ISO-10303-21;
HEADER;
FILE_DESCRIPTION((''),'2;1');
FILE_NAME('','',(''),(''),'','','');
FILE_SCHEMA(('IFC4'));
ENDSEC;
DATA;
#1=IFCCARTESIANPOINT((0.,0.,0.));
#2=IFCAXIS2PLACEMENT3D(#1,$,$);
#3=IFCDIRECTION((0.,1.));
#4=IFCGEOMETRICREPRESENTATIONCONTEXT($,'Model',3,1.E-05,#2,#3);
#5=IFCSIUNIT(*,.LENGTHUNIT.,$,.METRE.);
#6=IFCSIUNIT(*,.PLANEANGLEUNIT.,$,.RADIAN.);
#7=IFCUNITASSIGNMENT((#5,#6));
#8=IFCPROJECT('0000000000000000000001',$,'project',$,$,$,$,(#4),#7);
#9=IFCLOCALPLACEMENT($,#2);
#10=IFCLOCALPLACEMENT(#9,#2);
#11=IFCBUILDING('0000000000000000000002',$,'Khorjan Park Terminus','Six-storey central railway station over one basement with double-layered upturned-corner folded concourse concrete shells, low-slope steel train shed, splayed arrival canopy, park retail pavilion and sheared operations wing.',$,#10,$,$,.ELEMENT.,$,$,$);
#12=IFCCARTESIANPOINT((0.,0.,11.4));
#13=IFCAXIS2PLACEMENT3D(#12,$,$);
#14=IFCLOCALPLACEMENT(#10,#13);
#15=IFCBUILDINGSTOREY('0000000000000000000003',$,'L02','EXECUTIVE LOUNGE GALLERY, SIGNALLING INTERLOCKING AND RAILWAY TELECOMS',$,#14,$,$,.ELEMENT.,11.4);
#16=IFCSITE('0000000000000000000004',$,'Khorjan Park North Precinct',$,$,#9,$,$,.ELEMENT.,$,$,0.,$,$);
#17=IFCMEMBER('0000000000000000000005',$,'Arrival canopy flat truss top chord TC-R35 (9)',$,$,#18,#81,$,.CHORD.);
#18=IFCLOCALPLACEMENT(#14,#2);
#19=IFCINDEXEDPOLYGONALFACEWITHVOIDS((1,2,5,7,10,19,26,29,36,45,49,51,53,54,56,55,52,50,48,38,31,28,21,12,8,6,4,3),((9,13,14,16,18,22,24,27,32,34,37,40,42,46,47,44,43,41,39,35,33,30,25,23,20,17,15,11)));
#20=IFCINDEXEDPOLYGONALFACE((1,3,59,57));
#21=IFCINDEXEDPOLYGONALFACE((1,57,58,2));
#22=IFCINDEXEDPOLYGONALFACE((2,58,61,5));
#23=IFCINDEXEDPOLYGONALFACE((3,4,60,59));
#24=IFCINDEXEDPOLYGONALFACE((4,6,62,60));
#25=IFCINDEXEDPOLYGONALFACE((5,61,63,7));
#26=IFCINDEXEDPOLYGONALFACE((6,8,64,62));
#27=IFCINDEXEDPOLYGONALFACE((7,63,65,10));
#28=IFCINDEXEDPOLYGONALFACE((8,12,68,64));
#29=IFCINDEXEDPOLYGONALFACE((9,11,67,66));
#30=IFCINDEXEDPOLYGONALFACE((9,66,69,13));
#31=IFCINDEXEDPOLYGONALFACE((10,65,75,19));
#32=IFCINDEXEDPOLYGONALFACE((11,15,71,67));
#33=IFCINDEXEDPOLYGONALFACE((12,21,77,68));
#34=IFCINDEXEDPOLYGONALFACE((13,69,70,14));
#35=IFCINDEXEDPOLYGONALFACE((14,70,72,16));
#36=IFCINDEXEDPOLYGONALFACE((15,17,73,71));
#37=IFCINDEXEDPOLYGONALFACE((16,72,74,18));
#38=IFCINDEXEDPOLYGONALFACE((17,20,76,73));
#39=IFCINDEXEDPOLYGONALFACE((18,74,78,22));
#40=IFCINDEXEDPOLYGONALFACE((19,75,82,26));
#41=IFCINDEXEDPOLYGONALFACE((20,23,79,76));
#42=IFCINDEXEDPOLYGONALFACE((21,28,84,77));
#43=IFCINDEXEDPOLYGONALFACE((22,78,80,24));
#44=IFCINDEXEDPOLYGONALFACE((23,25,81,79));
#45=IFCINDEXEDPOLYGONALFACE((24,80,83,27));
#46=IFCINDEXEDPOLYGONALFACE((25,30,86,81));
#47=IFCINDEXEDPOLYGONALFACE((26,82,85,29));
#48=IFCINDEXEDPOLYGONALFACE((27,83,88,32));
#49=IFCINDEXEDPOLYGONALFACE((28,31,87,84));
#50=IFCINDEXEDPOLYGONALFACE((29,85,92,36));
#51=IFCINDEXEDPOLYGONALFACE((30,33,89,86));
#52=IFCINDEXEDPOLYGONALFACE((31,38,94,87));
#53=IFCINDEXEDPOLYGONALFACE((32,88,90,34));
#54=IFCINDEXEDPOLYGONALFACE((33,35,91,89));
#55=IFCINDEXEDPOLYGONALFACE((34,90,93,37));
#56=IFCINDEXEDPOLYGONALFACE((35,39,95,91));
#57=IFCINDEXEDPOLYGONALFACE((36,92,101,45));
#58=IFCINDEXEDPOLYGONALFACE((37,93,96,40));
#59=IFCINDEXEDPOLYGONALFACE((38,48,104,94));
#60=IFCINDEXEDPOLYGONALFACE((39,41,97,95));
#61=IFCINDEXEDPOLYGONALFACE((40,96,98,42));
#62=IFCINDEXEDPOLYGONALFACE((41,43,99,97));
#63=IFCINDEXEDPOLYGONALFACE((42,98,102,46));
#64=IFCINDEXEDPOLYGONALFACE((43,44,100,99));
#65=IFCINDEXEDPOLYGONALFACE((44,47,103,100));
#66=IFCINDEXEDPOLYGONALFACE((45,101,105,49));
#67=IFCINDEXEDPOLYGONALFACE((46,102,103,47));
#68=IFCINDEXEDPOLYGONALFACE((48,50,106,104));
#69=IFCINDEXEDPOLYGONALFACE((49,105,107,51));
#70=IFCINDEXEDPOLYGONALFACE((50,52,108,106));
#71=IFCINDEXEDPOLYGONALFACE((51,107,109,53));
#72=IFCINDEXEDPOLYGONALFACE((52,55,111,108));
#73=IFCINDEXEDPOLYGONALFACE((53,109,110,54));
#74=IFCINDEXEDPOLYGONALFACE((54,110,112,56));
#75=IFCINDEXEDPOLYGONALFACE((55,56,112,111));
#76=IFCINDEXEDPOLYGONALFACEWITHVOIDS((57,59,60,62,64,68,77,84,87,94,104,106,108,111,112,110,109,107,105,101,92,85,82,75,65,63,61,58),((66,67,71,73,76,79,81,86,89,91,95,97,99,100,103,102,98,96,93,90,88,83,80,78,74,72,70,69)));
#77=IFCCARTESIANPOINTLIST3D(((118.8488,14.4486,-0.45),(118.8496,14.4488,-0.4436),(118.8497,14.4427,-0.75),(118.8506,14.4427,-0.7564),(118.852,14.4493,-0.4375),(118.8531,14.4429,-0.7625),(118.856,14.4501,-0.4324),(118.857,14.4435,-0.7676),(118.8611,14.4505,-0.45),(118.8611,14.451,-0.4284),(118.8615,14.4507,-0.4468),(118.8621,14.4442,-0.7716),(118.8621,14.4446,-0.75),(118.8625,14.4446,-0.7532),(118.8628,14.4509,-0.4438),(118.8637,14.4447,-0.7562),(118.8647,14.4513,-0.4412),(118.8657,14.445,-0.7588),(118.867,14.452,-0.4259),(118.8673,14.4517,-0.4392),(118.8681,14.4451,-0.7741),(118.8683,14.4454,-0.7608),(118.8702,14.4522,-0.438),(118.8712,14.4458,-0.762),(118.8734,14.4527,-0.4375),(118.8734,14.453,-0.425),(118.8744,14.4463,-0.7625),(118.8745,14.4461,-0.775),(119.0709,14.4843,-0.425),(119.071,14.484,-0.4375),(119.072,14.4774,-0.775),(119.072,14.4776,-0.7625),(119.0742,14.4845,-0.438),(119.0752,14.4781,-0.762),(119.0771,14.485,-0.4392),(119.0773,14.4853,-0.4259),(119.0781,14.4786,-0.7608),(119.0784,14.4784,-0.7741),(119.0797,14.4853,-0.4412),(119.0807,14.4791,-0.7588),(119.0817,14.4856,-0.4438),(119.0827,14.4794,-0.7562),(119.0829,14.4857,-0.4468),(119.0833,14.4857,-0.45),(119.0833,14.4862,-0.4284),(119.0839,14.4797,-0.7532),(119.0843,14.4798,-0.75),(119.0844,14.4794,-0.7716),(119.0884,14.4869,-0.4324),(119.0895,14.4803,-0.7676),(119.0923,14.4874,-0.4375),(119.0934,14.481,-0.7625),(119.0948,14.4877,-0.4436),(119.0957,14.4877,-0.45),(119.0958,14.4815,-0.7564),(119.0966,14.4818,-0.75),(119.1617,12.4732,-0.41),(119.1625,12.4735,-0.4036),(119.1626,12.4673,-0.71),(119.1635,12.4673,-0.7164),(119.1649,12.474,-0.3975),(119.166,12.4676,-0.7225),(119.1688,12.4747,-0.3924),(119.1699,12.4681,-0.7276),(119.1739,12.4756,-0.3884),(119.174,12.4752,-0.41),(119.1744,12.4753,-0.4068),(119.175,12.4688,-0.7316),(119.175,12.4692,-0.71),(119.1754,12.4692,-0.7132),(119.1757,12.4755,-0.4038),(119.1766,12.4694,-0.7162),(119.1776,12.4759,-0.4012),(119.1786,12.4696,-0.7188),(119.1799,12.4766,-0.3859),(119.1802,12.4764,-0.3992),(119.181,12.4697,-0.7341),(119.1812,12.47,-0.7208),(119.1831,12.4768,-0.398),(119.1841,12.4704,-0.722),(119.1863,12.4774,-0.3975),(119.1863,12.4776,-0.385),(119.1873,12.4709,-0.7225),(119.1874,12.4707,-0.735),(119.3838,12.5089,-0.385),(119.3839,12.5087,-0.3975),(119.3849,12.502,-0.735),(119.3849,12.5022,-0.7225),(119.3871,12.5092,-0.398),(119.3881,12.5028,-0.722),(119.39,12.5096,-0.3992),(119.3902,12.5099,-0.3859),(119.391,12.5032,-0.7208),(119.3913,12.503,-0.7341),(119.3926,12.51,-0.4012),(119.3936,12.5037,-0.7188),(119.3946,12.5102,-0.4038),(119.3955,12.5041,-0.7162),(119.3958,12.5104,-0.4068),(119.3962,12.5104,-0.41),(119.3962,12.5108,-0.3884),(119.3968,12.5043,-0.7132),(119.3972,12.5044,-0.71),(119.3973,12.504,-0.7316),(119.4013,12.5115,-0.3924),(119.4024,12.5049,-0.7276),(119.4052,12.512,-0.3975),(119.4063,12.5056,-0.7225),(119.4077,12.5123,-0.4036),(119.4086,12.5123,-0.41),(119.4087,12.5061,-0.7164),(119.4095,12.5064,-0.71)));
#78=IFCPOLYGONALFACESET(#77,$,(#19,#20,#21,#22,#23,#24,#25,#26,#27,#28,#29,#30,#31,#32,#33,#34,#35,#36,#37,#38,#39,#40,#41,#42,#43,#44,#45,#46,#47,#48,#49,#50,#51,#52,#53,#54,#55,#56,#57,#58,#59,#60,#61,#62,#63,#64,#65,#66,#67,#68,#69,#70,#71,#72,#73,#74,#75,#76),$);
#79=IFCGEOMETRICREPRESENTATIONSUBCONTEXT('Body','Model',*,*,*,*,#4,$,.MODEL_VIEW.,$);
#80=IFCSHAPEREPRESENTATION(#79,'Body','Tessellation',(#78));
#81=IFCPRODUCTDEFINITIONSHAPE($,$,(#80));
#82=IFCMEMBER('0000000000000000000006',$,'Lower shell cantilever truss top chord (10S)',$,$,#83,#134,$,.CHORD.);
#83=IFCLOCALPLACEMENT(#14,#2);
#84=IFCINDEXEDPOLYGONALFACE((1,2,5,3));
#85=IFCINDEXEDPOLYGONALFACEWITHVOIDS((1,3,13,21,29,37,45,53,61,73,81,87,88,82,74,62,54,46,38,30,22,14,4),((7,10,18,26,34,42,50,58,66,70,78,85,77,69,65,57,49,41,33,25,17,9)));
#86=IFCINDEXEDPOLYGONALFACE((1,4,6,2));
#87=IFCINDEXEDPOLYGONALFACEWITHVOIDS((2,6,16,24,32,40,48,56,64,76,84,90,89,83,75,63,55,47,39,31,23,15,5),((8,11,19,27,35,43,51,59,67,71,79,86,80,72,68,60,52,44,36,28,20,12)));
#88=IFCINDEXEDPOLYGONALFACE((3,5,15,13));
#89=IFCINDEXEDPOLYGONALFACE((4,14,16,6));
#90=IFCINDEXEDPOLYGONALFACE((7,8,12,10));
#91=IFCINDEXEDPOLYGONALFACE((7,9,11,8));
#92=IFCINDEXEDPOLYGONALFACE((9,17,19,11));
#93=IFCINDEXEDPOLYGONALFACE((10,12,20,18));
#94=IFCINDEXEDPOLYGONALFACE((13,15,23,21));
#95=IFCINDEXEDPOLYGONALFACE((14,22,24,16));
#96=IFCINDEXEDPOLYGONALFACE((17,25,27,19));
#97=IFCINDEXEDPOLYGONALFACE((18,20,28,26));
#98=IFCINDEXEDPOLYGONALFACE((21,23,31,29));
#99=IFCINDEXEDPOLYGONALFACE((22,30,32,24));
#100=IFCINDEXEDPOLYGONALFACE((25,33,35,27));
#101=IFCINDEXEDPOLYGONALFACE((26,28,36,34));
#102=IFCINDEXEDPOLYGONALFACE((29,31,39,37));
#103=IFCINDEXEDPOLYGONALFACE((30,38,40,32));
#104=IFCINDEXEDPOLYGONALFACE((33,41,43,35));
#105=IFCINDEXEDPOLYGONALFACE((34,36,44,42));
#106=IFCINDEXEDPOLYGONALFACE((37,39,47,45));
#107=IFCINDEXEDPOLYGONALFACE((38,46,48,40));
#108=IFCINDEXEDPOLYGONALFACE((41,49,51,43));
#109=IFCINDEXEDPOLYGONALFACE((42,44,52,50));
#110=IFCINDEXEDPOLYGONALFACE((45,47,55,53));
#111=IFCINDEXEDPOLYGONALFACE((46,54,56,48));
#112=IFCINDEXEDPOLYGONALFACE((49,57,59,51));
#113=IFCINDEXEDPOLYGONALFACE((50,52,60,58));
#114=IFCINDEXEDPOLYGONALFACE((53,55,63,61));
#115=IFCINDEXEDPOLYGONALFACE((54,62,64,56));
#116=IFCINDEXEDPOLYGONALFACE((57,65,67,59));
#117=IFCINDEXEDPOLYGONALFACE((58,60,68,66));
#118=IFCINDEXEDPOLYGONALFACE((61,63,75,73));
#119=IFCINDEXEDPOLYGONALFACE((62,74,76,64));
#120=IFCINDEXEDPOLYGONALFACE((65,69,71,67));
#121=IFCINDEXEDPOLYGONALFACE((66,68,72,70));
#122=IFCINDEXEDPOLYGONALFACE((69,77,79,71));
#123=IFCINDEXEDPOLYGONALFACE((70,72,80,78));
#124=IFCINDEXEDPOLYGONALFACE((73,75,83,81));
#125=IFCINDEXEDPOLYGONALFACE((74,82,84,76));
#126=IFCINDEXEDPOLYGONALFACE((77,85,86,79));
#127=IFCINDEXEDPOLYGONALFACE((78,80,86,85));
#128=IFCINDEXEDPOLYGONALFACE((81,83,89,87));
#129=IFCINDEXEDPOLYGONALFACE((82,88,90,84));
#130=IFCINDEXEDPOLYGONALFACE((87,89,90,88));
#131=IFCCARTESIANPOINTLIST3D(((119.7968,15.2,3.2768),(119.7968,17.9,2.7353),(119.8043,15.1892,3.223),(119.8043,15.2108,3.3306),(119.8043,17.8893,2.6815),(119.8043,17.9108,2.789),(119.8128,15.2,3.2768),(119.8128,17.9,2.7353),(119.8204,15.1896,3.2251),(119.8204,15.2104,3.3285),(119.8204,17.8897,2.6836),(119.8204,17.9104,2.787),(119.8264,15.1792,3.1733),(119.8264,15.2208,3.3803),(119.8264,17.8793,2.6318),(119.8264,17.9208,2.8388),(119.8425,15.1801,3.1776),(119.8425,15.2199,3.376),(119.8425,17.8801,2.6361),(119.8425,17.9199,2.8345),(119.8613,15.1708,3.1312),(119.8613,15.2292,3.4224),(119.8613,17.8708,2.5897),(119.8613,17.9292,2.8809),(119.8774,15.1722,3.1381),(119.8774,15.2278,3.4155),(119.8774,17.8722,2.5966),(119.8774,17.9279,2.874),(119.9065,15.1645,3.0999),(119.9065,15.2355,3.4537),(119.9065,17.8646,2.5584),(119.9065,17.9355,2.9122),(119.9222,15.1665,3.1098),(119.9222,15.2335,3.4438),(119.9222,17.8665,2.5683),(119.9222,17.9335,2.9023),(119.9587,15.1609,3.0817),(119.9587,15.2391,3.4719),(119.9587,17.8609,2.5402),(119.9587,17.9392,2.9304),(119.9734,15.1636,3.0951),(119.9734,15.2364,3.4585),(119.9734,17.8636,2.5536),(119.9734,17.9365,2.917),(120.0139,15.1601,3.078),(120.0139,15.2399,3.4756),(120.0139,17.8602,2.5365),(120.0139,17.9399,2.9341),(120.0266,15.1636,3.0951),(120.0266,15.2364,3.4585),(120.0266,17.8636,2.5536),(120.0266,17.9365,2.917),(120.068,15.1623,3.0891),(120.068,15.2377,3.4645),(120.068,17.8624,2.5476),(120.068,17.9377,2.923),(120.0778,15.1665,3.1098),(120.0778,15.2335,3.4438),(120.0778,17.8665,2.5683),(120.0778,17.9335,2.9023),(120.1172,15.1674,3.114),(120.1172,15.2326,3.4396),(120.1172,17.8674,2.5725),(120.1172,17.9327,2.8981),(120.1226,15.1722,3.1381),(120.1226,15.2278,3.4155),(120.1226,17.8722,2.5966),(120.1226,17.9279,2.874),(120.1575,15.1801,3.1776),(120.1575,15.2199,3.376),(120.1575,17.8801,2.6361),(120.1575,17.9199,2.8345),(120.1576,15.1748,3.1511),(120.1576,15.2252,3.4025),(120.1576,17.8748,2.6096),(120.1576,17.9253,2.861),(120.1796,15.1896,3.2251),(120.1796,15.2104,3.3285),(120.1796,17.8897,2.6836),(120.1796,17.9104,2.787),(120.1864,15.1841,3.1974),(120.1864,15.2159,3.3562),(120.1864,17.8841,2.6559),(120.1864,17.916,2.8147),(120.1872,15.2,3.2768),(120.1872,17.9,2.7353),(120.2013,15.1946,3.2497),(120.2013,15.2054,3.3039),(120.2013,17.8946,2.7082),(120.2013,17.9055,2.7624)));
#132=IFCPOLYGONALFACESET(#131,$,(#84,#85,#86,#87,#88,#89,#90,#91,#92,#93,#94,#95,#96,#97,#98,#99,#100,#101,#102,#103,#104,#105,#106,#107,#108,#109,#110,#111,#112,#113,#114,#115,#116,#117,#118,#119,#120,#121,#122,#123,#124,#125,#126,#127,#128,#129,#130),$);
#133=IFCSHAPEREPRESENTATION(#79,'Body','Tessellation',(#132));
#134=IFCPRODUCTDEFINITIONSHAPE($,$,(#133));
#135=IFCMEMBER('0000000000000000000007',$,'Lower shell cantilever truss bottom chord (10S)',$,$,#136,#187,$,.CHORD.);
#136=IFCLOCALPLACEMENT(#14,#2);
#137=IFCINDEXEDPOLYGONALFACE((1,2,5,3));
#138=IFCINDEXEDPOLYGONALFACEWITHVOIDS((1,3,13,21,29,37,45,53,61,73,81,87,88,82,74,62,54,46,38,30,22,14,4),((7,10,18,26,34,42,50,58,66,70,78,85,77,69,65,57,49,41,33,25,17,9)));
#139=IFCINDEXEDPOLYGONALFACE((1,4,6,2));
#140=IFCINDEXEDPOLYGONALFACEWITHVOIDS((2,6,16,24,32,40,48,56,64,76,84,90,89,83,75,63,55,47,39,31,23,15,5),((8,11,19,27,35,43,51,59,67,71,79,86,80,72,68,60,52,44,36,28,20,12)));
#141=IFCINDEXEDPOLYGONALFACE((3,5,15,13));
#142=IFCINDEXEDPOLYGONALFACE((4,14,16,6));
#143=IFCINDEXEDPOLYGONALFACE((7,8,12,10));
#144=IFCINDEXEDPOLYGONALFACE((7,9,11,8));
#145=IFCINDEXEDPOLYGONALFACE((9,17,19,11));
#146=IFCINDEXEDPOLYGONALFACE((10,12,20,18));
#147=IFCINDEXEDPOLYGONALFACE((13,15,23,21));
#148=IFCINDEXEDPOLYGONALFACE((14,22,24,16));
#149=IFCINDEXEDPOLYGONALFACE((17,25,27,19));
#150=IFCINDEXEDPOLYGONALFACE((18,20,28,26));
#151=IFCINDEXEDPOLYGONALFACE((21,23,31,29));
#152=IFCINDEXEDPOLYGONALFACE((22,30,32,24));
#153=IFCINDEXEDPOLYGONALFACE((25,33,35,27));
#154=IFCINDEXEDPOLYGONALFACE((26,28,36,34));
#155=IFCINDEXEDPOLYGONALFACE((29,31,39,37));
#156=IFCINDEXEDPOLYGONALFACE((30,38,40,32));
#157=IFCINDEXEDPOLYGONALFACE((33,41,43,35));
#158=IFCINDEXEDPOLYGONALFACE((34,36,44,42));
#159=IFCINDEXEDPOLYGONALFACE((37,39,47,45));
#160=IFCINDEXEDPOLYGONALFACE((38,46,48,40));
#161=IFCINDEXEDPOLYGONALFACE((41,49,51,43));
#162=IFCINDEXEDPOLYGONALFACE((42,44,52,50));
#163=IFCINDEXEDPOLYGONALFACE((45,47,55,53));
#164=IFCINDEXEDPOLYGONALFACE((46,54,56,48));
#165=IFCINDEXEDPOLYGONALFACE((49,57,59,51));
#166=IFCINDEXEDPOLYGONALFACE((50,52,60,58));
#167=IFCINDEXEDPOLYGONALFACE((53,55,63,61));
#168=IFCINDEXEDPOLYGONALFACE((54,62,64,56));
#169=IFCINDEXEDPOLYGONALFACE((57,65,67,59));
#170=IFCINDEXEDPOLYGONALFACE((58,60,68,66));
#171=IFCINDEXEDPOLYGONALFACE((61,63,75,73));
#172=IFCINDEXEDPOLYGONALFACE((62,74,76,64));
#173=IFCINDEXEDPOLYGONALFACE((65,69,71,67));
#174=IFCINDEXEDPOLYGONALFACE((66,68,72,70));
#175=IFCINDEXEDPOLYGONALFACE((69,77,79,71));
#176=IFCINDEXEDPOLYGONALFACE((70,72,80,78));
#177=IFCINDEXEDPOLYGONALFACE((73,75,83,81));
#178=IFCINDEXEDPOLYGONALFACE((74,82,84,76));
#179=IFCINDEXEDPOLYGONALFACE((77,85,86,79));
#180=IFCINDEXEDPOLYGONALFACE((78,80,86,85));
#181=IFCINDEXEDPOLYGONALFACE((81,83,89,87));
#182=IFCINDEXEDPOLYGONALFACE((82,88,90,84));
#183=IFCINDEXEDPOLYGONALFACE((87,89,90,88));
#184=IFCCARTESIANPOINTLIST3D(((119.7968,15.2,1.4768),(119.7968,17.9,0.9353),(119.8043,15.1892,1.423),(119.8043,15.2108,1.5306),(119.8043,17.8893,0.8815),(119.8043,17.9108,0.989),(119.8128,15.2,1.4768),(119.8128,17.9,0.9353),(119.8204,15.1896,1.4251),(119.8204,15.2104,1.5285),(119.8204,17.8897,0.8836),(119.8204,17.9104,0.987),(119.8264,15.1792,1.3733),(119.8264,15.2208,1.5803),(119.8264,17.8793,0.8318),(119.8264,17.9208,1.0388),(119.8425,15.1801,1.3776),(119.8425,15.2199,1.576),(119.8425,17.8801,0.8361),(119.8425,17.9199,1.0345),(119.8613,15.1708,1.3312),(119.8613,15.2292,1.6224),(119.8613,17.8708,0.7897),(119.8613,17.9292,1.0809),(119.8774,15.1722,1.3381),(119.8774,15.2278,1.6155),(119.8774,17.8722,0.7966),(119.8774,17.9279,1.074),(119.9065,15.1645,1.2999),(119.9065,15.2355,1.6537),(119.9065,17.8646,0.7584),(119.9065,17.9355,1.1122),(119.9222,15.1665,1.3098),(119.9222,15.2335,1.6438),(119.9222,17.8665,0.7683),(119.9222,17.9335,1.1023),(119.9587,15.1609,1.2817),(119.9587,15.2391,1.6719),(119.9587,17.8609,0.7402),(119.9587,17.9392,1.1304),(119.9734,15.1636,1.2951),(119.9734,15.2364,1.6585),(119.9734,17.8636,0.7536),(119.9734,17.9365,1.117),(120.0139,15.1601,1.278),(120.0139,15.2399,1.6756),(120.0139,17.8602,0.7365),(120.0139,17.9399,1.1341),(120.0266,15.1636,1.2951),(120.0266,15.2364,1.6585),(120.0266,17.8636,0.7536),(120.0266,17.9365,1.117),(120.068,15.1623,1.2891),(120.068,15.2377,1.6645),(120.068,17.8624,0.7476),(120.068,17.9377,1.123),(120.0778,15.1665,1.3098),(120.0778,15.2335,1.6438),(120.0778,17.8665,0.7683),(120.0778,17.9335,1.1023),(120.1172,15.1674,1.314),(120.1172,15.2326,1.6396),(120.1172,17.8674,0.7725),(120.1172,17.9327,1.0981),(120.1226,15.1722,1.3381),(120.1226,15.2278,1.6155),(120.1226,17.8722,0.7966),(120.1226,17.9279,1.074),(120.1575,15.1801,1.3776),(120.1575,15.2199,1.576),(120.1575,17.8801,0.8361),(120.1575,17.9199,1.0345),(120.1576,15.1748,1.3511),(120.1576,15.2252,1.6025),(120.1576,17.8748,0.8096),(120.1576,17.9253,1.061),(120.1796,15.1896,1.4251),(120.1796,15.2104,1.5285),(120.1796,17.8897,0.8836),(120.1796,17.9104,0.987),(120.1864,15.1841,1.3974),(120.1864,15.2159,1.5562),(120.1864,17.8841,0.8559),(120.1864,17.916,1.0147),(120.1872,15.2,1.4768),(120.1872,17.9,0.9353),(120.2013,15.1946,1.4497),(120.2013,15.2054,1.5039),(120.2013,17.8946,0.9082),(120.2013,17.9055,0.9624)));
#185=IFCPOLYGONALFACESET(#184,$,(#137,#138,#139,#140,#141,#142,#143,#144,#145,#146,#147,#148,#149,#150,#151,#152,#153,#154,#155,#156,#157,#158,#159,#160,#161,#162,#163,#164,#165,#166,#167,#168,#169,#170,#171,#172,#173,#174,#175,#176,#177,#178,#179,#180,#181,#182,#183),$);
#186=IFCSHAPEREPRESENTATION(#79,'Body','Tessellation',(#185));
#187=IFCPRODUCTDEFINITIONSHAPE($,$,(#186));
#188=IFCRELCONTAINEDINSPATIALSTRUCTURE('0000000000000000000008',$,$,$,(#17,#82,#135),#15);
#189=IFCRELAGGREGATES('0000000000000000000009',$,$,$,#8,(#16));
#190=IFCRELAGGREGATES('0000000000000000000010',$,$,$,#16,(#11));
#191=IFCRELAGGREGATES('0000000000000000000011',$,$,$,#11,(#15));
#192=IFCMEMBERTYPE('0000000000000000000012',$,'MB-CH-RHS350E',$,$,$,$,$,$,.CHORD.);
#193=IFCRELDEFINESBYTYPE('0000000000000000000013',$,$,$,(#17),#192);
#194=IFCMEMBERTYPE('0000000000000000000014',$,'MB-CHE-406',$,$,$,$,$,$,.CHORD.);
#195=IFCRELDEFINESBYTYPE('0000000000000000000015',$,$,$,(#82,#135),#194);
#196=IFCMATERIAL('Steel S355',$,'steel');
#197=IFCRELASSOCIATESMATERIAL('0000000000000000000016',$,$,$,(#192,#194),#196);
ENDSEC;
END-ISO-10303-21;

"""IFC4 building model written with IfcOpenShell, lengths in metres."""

from ifc_helpers import new_model, si_unit, direction, frame, origin, origin_2d, place, context, subcontext, project, spatial, hollow_rectangle, hollow_circle, extrude, material, material_profile, profile_set, type_object, element, save


model = new_model("IFC4")

# Units and contexts
model_context = context("Model", 3, precision=1e-05, world=origin(), true_north=direction((0.0, 1.0)))
body_context = subcontext(model_context, "Body", "Model", "MODEL_VIEW")
ifc_project = project(units=[si_unit("LENGTHUNIT", "METRE"), si_unit("PLANEANGLEUNIT", "RADIAN")], contexts=[model_context])

# Site, building, storey
site_placement = place(None, origin())
site = spatial("IfcSite", under=ifc_project, at=site_placement, Name="Khorjan Park North Precinct", CompositionType="ELEMENT", RefElevation=0.0)
building_placement = place(site_placement, origin())
building = spatial("IfcBuilding", under=site, at=building_placement, Name="Khorjan Park Terminus", Description="Six-storey central railway station over one basement with double-layered upturned-corner folded concourse concrete shells, low-slope steel train shed, splayed arrival canopy, park retail pavilion and sheared operations wing.", CompositionType="ELEMENT")
storey_placement = place(building_placement, frame((0.0, 0.0, 11.4)))
storey = spatial("IfcBuildingStorey", under=building, at=storey_placement, Name="L02", Description="EXECUTIVE LOUNGE GALLERY, SIGNALLING INTERLOCKING AND RAILWAY TELECOMS", CompositionType="ELEMENT", Elevation=11.4)

# Members
ifc_material = material(Name="Steel S355", Category="steel")
ifc_material_profile_1 = material_profile(ifc_material, hollow_rectangle(XDim=0.25, YDim=0.35, WallThickness=0.0125, InnerFilletRadius=0.0125, OuterFilletRadius=0.025, at=origin_2d()), Name="RHS 350x250x12.5")
ifc_profile_set_1 = profile_set([ifc_material_profile_1], Name="Steel S355")
member_type_1 = type_object("IfcMemberType", Name="MB-CH-RHS350E", PredefinedType="CHORD", material=ifc_profile_set_1)
for number, where, z_axis, x_axis, name in (
    (1, (119.2856, 12.4898, -0.56), (-0.156417, 0.987489, -0.019996), (-0.987686, -0.156448, 0.0), "Arrival canopy flat truss top chord TC-R35 (9)"),
):
    element("IfcMember", number, at=place(storey_placement, frame(where, z_axis=z_axis, x_axis=x_axis)), inside=storey, type_object=member_type_1, Name=name, PredefinedType="CHORD", context=body_context, shape_type="SweptSolid", body=[
        extrude(hollow_rectangle(XDim=0.25, YDim=0.35, WallThickness=0.0125, InnerFilletRadius=0.0125, OuterFilletRadius=0.025, at=origin_2d()), origin(), (0.0, 0.0, 1.0), 2.0004),
    ])
ifc_material_profile_2 = material_profile(ifc_material, hollow_circle(Radius=0.2032, WallThickness=0.016, at=origin_2d()), Name="CHS 406.4x16")
ifc_profile_set_2 = profile_set([ifc_material_profile_2], Name="Steel S355")
member_type_2 = type_object("IfcMemberType", Name="MB-CHE-406", PredefinedType="CHORD", material=ifc_profile_set_2)
for number, where, z_axis, x_axis, name in (
    (2, (120.0, 15.2, 3.2768), (0.0, 0.980476, -0.19664), (-1.0, 0.0, 0.0), "Lower shell cantilever truss top chord (10S)"),
    (3, (120.0, 15.2, 1.4768), (0.0, 0.980476, -0.19664), (-1.0, 0.0, 0.0), "Lower shell cantilever truss bottom chord (10S)"),
):
    element("IfcMember", number, at=place(storey_placement, frame(where, z_axis=z_axis, x_axis=x_axis)), inside=storey, type_object=member_type_2, Name=name, PredefinedType="CHORD", context=body_context, shape_type="SweptSolid", body=[
        extrude(hollow_circle(Radius=0.2032, WallThickness=0.016, at=origin_2d()), origin(), (0.0, 0.0, 1.0), 2.7538),
    ])

save(model, "model.ifc")
